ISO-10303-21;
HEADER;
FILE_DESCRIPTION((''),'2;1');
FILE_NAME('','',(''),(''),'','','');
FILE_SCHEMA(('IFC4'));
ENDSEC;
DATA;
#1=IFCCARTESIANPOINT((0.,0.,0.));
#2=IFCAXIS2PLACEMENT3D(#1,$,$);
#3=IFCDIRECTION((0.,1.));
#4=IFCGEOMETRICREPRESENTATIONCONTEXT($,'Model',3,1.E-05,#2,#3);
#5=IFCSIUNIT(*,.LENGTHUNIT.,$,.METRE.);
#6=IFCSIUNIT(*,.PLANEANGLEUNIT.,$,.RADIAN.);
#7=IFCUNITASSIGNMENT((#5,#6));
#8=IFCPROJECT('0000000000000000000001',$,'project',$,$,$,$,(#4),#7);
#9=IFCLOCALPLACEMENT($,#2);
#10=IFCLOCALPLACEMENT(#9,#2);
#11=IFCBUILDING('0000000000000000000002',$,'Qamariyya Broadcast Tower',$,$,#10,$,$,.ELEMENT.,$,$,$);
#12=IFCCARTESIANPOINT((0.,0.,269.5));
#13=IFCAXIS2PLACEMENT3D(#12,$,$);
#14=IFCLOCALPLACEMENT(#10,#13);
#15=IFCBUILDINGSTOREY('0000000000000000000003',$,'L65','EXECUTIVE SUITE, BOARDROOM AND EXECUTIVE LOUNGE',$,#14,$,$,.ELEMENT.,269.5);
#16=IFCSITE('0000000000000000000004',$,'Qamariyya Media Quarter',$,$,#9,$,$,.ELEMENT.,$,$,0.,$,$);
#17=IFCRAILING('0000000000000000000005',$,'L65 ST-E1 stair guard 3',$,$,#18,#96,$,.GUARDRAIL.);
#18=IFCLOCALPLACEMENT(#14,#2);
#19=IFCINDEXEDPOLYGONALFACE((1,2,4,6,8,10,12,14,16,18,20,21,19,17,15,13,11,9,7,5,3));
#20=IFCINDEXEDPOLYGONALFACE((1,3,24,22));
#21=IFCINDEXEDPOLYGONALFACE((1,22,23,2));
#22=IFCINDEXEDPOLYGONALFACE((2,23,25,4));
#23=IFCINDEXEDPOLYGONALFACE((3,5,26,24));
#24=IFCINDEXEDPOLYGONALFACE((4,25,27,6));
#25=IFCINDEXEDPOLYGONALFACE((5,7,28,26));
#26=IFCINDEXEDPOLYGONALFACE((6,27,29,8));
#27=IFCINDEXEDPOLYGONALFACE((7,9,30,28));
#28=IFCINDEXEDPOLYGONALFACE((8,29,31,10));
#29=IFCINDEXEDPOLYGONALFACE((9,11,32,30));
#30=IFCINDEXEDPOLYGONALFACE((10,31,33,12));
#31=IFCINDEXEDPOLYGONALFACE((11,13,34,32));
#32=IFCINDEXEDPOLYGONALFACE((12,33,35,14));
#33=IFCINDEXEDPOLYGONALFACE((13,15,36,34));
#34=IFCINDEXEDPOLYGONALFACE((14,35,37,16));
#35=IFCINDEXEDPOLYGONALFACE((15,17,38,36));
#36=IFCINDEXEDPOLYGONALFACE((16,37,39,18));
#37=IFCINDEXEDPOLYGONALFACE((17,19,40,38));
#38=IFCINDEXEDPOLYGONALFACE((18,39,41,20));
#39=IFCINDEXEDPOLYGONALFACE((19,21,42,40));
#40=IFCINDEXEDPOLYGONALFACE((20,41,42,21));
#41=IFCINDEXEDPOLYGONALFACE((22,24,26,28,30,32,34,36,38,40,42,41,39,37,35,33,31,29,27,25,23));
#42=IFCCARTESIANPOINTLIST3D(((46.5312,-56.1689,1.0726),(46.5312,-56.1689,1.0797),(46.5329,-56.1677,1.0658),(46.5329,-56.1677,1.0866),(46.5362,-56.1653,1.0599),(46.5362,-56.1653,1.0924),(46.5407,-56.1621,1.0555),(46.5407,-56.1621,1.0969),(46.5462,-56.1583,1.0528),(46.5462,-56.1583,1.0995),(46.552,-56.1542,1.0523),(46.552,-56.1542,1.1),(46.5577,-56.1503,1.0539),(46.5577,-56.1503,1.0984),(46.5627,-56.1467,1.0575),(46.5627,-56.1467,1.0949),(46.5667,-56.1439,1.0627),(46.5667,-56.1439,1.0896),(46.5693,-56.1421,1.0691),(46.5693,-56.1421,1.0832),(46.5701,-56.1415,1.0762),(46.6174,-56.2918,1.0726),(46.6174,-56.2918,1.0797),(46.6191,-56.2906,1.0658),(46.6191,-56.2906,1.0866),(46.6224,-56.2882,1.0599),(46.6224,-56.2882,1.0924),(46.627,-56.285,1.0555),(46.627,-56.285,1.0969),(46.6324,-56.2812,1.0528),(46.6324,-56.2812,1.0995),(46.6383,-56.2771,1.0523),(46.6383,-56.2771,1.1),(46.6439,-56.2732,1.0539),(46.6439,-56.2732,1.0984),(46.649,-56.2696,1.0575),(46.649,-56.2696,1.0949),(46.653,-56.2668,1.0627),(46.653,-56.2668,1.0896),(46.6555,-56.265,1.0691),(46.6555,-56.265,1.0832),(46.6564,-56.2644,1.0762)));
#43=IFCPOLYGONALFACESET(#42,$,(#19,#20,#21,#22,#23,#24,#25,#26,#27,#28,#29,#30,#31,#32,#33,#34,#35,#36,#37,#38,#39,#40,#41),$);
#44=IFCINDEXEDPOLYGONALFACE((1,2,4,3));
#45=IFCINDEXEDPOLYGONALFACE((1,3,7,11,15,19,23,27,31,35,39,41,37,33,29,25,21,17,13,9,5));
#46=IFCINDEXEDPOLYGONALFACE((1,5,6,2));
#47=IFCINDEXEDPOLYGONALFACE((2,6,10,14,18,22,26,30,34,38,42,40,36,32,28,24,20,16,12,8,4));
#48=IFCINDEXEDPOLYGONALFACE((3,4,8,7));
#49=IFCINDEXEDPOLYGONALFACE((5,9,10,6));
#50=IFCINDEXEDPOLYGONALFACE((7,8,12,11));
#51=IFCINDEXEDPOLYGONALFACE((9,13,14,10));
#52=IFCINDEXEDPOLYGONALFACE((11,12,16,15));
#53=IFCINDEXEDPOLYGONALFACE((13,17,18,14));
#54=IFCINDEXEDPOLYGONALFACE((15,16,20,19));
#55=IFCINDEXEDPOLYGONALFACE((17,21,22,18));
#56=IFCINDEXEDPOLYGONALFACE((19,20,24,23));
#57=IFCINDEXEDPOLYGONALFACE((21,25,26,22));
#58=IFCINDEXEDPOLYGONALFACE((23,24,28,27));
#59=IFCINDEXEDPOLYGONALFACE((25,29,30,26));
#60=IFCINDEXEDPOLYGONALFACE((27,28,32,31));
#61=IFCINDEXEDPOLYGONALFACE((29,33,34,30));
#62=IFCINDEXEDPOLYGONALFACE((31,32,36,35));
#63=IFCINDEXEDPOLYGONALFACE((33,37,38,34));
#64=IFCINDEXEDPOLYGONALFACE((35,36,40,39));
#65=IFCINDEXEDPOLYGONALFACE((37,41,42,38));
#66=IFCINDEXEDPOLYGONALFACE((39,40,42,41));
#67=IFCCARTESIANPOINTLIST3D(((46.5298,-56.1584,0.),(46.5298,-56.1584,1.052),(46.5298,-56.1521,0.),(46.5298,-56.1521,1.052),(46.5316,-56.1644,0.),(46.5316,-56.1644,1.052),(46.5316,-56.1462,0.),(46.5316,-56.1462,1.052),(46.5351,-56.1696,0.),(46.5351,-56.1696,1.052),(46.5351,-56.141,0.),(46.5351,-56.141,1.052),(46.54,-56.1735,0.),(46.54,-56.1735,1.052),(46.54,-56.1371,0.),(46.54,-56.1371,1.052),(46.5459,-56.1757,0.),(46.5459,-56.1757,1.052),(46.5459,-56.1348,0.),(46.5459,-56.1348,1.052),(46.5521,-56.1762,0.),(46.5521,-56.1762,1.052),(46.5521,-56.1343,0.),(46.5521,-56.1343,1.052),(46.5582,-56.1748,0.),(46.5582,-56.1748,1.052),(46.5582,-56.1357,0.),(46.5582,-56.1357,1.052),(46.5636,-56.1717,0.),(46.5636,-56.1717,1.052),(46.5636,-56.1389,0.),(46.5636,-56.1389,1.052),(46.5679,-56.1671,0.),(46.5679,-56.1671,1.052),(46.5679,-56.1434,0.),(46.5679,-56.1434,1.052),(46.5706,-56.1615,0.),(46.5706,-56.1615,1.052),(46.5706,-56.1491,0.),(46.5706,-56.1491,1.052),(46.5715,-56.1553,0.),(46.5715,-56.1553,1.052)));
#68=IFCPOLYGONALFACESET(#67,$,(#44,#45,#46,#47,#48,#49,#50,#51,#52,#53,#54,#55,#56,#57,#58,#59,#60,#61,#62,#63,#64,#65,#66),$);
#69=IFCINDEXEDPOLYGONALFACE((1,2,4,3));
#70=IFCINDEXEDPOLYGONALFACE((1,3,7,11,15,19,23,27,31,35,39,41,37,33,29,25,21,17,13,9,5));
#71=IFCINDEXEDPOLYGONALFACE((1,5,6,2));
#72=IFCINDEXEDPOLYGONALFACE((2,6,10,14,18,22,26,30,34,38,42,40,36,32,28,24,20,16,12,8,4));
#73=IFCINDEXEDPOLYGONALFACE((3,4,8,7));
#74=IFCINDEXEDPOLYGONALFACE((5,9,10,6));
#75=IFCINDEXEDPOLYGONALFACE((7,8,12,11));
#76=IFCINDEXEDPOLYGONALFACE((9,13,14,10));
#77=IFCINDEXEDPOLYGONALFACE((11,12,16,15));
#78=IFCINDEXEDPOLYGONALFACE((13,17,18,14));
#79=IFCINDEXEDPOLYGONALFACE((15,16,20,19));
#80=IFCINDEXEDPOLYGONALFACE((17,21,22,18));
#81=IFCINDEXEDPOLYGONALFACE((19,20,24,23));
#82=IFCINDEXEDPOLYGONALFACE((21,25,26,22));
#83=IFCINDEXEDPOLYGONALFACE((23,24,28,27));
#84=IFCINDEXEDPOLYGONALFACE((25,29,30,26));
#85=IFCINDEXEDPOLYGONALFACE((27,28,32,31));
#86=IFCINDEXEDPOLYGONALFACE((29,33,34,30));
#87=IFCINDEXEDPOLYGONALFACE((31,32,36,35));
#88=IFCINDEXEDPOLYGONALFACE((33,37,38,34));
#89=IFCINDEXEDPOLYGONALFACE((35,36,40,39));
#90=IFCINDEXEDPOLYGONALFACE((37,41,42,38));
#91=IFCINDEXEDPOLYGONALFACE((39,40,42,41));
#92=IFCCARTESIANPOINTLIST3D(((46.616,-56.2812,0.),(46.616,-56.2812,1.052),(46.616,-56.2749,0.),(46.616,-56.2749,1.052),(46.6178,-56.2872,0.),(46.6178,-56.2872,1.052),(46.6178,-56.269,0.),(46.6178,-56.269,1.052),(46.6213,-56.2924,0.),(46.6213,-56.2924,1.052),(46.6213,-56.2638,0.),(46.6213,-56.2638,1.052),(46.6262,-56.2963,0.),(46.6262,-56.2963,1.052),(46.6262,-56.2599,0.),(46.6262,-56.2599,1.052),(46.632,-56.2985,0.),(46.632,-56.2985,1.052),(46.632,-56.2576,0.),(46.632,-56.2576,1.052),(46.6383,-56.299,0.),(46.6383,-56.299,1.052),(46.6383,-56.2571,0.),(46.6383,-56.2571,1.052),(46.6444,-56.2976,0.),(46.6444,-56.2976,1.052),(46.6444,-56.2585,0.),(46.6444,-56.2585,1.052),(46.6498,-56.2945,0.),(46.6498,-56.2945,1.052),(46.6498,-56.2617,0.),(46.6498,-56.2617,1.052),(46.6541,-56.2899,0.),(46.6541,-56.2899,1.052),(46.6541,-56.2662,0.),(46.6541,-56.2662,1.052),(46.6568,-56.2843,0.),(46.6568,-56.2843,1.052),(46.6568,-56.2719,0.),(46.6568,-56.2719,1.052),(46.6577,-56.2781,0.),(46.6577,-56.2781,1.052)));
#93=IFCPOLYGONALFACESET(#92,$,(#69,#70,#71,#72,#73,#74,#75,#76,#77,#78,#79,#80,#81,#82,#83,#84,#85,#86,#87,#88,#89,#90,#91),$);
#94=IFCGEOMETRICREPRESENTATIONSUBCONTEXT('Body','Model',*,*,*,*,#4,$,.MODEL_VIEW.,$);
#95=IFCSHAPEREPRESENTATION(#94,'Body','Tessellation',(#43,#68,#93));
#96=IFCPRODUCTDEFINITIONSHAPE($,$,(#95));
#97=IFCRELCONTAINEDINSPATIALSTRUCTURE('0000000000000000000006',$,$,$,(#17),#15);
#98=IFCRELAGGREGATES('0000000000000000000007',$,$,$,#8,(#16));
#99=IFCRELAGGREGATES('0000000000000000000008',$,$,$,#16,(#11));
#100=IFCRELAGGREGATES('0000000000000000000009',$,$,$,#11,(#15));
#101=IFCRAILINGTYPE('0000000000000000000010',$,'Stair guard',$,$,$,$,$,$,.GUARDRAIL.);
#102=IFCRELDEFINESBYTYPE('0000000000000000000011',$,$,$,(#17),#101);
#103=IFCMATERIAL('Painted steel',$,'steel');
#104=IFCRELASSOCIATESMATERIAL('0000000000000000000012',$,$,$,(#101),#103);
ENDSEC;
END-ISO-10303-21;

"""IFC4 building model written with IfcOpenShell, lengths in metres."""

from ifc_helpers import new_model, si_unit, direction, frame, origin, origin_2d, place, context, subcontext, project, spatial, circle, extrude, material, type_object, element, save


model = new_model("IFC4")

# Units and contexts
model_context = context("Model", 3, precision=1e-05, world=origin(), true_north=direction((0.0, 1.0)))
body_context = subcontext(model_context, "Body", "Model", "MODEL_VIEW")
ifc_project = project(units=[si_unit("LENGTHUNIT", "METRE"), si_unit("PLANEANGLEUNIT", "RADIAN")], contexts=[model_context])

# Site, building, storey
site_placement = place(None, origin())
site = spatial("IfcSite", under=ifc_project, at=site_placement, Name="Qamariyya Media Quarter", CompositionType="ELEMENT", RefElevation=0.0)
building_placement = place(site_placement, origin())
building = spatial("IfcBuilding", under=site, at=building_placement, Name="Qamariyya Broadcast Tower", CompositionType="ELEMENT")
storey_placement = place(building_placement, frame((0.0, 0.0, 269.5)))
storey = spatial("IfcBuildingStorey", under=building, at=storey_placement, Name="L65", Description="EXECUTIVE SUITE, BOARDROOM AND EXECUTIVE LOUNGE", CompositionType="ELEMENT", Elevation=269.5)

# Railing
ifc_material_1 = material(Name="Painted steel", Category="steel")
railing_type_1 = type_object("IfcRailingType", Name="Stair guard", PredefinedType="GUARDRAIL", material=ifc_material_1)
railing_1_placement = place(storey_placement, frame((46.5505, -56.1553, 0.0)))
element("IfcRailing", 1, at=railing_1_placement, inside=storey, type_object=railing_type_1, Name="L65 ST-E1 stair guard 3", PredefinedType="GUARDRAIL", context=body_context, shape_type="SweptSolid", body=[
    extrude(circle(Radius=0.0239, at=origin_2d()), frame((0.0, 0.0, 1.0762), z_axis=(0.574445, -0.818543, 0.0), x_axis=(0.818543, 0.574445, 0.0)), (0.0, 0.0, 1.0), 0.1501),
    extrude(circle(Radius=0.021, at=origin_2d()), origin(), (0.0, 0.0, 1.0), 1.052),
    extrude(circle(Radius=0.021, at=origin_2d()), frame((0.0862, -0.1228, 0.0)), (0.0, 0.0, 1.0), 1.052),
])

save(model, "model.ifc")
